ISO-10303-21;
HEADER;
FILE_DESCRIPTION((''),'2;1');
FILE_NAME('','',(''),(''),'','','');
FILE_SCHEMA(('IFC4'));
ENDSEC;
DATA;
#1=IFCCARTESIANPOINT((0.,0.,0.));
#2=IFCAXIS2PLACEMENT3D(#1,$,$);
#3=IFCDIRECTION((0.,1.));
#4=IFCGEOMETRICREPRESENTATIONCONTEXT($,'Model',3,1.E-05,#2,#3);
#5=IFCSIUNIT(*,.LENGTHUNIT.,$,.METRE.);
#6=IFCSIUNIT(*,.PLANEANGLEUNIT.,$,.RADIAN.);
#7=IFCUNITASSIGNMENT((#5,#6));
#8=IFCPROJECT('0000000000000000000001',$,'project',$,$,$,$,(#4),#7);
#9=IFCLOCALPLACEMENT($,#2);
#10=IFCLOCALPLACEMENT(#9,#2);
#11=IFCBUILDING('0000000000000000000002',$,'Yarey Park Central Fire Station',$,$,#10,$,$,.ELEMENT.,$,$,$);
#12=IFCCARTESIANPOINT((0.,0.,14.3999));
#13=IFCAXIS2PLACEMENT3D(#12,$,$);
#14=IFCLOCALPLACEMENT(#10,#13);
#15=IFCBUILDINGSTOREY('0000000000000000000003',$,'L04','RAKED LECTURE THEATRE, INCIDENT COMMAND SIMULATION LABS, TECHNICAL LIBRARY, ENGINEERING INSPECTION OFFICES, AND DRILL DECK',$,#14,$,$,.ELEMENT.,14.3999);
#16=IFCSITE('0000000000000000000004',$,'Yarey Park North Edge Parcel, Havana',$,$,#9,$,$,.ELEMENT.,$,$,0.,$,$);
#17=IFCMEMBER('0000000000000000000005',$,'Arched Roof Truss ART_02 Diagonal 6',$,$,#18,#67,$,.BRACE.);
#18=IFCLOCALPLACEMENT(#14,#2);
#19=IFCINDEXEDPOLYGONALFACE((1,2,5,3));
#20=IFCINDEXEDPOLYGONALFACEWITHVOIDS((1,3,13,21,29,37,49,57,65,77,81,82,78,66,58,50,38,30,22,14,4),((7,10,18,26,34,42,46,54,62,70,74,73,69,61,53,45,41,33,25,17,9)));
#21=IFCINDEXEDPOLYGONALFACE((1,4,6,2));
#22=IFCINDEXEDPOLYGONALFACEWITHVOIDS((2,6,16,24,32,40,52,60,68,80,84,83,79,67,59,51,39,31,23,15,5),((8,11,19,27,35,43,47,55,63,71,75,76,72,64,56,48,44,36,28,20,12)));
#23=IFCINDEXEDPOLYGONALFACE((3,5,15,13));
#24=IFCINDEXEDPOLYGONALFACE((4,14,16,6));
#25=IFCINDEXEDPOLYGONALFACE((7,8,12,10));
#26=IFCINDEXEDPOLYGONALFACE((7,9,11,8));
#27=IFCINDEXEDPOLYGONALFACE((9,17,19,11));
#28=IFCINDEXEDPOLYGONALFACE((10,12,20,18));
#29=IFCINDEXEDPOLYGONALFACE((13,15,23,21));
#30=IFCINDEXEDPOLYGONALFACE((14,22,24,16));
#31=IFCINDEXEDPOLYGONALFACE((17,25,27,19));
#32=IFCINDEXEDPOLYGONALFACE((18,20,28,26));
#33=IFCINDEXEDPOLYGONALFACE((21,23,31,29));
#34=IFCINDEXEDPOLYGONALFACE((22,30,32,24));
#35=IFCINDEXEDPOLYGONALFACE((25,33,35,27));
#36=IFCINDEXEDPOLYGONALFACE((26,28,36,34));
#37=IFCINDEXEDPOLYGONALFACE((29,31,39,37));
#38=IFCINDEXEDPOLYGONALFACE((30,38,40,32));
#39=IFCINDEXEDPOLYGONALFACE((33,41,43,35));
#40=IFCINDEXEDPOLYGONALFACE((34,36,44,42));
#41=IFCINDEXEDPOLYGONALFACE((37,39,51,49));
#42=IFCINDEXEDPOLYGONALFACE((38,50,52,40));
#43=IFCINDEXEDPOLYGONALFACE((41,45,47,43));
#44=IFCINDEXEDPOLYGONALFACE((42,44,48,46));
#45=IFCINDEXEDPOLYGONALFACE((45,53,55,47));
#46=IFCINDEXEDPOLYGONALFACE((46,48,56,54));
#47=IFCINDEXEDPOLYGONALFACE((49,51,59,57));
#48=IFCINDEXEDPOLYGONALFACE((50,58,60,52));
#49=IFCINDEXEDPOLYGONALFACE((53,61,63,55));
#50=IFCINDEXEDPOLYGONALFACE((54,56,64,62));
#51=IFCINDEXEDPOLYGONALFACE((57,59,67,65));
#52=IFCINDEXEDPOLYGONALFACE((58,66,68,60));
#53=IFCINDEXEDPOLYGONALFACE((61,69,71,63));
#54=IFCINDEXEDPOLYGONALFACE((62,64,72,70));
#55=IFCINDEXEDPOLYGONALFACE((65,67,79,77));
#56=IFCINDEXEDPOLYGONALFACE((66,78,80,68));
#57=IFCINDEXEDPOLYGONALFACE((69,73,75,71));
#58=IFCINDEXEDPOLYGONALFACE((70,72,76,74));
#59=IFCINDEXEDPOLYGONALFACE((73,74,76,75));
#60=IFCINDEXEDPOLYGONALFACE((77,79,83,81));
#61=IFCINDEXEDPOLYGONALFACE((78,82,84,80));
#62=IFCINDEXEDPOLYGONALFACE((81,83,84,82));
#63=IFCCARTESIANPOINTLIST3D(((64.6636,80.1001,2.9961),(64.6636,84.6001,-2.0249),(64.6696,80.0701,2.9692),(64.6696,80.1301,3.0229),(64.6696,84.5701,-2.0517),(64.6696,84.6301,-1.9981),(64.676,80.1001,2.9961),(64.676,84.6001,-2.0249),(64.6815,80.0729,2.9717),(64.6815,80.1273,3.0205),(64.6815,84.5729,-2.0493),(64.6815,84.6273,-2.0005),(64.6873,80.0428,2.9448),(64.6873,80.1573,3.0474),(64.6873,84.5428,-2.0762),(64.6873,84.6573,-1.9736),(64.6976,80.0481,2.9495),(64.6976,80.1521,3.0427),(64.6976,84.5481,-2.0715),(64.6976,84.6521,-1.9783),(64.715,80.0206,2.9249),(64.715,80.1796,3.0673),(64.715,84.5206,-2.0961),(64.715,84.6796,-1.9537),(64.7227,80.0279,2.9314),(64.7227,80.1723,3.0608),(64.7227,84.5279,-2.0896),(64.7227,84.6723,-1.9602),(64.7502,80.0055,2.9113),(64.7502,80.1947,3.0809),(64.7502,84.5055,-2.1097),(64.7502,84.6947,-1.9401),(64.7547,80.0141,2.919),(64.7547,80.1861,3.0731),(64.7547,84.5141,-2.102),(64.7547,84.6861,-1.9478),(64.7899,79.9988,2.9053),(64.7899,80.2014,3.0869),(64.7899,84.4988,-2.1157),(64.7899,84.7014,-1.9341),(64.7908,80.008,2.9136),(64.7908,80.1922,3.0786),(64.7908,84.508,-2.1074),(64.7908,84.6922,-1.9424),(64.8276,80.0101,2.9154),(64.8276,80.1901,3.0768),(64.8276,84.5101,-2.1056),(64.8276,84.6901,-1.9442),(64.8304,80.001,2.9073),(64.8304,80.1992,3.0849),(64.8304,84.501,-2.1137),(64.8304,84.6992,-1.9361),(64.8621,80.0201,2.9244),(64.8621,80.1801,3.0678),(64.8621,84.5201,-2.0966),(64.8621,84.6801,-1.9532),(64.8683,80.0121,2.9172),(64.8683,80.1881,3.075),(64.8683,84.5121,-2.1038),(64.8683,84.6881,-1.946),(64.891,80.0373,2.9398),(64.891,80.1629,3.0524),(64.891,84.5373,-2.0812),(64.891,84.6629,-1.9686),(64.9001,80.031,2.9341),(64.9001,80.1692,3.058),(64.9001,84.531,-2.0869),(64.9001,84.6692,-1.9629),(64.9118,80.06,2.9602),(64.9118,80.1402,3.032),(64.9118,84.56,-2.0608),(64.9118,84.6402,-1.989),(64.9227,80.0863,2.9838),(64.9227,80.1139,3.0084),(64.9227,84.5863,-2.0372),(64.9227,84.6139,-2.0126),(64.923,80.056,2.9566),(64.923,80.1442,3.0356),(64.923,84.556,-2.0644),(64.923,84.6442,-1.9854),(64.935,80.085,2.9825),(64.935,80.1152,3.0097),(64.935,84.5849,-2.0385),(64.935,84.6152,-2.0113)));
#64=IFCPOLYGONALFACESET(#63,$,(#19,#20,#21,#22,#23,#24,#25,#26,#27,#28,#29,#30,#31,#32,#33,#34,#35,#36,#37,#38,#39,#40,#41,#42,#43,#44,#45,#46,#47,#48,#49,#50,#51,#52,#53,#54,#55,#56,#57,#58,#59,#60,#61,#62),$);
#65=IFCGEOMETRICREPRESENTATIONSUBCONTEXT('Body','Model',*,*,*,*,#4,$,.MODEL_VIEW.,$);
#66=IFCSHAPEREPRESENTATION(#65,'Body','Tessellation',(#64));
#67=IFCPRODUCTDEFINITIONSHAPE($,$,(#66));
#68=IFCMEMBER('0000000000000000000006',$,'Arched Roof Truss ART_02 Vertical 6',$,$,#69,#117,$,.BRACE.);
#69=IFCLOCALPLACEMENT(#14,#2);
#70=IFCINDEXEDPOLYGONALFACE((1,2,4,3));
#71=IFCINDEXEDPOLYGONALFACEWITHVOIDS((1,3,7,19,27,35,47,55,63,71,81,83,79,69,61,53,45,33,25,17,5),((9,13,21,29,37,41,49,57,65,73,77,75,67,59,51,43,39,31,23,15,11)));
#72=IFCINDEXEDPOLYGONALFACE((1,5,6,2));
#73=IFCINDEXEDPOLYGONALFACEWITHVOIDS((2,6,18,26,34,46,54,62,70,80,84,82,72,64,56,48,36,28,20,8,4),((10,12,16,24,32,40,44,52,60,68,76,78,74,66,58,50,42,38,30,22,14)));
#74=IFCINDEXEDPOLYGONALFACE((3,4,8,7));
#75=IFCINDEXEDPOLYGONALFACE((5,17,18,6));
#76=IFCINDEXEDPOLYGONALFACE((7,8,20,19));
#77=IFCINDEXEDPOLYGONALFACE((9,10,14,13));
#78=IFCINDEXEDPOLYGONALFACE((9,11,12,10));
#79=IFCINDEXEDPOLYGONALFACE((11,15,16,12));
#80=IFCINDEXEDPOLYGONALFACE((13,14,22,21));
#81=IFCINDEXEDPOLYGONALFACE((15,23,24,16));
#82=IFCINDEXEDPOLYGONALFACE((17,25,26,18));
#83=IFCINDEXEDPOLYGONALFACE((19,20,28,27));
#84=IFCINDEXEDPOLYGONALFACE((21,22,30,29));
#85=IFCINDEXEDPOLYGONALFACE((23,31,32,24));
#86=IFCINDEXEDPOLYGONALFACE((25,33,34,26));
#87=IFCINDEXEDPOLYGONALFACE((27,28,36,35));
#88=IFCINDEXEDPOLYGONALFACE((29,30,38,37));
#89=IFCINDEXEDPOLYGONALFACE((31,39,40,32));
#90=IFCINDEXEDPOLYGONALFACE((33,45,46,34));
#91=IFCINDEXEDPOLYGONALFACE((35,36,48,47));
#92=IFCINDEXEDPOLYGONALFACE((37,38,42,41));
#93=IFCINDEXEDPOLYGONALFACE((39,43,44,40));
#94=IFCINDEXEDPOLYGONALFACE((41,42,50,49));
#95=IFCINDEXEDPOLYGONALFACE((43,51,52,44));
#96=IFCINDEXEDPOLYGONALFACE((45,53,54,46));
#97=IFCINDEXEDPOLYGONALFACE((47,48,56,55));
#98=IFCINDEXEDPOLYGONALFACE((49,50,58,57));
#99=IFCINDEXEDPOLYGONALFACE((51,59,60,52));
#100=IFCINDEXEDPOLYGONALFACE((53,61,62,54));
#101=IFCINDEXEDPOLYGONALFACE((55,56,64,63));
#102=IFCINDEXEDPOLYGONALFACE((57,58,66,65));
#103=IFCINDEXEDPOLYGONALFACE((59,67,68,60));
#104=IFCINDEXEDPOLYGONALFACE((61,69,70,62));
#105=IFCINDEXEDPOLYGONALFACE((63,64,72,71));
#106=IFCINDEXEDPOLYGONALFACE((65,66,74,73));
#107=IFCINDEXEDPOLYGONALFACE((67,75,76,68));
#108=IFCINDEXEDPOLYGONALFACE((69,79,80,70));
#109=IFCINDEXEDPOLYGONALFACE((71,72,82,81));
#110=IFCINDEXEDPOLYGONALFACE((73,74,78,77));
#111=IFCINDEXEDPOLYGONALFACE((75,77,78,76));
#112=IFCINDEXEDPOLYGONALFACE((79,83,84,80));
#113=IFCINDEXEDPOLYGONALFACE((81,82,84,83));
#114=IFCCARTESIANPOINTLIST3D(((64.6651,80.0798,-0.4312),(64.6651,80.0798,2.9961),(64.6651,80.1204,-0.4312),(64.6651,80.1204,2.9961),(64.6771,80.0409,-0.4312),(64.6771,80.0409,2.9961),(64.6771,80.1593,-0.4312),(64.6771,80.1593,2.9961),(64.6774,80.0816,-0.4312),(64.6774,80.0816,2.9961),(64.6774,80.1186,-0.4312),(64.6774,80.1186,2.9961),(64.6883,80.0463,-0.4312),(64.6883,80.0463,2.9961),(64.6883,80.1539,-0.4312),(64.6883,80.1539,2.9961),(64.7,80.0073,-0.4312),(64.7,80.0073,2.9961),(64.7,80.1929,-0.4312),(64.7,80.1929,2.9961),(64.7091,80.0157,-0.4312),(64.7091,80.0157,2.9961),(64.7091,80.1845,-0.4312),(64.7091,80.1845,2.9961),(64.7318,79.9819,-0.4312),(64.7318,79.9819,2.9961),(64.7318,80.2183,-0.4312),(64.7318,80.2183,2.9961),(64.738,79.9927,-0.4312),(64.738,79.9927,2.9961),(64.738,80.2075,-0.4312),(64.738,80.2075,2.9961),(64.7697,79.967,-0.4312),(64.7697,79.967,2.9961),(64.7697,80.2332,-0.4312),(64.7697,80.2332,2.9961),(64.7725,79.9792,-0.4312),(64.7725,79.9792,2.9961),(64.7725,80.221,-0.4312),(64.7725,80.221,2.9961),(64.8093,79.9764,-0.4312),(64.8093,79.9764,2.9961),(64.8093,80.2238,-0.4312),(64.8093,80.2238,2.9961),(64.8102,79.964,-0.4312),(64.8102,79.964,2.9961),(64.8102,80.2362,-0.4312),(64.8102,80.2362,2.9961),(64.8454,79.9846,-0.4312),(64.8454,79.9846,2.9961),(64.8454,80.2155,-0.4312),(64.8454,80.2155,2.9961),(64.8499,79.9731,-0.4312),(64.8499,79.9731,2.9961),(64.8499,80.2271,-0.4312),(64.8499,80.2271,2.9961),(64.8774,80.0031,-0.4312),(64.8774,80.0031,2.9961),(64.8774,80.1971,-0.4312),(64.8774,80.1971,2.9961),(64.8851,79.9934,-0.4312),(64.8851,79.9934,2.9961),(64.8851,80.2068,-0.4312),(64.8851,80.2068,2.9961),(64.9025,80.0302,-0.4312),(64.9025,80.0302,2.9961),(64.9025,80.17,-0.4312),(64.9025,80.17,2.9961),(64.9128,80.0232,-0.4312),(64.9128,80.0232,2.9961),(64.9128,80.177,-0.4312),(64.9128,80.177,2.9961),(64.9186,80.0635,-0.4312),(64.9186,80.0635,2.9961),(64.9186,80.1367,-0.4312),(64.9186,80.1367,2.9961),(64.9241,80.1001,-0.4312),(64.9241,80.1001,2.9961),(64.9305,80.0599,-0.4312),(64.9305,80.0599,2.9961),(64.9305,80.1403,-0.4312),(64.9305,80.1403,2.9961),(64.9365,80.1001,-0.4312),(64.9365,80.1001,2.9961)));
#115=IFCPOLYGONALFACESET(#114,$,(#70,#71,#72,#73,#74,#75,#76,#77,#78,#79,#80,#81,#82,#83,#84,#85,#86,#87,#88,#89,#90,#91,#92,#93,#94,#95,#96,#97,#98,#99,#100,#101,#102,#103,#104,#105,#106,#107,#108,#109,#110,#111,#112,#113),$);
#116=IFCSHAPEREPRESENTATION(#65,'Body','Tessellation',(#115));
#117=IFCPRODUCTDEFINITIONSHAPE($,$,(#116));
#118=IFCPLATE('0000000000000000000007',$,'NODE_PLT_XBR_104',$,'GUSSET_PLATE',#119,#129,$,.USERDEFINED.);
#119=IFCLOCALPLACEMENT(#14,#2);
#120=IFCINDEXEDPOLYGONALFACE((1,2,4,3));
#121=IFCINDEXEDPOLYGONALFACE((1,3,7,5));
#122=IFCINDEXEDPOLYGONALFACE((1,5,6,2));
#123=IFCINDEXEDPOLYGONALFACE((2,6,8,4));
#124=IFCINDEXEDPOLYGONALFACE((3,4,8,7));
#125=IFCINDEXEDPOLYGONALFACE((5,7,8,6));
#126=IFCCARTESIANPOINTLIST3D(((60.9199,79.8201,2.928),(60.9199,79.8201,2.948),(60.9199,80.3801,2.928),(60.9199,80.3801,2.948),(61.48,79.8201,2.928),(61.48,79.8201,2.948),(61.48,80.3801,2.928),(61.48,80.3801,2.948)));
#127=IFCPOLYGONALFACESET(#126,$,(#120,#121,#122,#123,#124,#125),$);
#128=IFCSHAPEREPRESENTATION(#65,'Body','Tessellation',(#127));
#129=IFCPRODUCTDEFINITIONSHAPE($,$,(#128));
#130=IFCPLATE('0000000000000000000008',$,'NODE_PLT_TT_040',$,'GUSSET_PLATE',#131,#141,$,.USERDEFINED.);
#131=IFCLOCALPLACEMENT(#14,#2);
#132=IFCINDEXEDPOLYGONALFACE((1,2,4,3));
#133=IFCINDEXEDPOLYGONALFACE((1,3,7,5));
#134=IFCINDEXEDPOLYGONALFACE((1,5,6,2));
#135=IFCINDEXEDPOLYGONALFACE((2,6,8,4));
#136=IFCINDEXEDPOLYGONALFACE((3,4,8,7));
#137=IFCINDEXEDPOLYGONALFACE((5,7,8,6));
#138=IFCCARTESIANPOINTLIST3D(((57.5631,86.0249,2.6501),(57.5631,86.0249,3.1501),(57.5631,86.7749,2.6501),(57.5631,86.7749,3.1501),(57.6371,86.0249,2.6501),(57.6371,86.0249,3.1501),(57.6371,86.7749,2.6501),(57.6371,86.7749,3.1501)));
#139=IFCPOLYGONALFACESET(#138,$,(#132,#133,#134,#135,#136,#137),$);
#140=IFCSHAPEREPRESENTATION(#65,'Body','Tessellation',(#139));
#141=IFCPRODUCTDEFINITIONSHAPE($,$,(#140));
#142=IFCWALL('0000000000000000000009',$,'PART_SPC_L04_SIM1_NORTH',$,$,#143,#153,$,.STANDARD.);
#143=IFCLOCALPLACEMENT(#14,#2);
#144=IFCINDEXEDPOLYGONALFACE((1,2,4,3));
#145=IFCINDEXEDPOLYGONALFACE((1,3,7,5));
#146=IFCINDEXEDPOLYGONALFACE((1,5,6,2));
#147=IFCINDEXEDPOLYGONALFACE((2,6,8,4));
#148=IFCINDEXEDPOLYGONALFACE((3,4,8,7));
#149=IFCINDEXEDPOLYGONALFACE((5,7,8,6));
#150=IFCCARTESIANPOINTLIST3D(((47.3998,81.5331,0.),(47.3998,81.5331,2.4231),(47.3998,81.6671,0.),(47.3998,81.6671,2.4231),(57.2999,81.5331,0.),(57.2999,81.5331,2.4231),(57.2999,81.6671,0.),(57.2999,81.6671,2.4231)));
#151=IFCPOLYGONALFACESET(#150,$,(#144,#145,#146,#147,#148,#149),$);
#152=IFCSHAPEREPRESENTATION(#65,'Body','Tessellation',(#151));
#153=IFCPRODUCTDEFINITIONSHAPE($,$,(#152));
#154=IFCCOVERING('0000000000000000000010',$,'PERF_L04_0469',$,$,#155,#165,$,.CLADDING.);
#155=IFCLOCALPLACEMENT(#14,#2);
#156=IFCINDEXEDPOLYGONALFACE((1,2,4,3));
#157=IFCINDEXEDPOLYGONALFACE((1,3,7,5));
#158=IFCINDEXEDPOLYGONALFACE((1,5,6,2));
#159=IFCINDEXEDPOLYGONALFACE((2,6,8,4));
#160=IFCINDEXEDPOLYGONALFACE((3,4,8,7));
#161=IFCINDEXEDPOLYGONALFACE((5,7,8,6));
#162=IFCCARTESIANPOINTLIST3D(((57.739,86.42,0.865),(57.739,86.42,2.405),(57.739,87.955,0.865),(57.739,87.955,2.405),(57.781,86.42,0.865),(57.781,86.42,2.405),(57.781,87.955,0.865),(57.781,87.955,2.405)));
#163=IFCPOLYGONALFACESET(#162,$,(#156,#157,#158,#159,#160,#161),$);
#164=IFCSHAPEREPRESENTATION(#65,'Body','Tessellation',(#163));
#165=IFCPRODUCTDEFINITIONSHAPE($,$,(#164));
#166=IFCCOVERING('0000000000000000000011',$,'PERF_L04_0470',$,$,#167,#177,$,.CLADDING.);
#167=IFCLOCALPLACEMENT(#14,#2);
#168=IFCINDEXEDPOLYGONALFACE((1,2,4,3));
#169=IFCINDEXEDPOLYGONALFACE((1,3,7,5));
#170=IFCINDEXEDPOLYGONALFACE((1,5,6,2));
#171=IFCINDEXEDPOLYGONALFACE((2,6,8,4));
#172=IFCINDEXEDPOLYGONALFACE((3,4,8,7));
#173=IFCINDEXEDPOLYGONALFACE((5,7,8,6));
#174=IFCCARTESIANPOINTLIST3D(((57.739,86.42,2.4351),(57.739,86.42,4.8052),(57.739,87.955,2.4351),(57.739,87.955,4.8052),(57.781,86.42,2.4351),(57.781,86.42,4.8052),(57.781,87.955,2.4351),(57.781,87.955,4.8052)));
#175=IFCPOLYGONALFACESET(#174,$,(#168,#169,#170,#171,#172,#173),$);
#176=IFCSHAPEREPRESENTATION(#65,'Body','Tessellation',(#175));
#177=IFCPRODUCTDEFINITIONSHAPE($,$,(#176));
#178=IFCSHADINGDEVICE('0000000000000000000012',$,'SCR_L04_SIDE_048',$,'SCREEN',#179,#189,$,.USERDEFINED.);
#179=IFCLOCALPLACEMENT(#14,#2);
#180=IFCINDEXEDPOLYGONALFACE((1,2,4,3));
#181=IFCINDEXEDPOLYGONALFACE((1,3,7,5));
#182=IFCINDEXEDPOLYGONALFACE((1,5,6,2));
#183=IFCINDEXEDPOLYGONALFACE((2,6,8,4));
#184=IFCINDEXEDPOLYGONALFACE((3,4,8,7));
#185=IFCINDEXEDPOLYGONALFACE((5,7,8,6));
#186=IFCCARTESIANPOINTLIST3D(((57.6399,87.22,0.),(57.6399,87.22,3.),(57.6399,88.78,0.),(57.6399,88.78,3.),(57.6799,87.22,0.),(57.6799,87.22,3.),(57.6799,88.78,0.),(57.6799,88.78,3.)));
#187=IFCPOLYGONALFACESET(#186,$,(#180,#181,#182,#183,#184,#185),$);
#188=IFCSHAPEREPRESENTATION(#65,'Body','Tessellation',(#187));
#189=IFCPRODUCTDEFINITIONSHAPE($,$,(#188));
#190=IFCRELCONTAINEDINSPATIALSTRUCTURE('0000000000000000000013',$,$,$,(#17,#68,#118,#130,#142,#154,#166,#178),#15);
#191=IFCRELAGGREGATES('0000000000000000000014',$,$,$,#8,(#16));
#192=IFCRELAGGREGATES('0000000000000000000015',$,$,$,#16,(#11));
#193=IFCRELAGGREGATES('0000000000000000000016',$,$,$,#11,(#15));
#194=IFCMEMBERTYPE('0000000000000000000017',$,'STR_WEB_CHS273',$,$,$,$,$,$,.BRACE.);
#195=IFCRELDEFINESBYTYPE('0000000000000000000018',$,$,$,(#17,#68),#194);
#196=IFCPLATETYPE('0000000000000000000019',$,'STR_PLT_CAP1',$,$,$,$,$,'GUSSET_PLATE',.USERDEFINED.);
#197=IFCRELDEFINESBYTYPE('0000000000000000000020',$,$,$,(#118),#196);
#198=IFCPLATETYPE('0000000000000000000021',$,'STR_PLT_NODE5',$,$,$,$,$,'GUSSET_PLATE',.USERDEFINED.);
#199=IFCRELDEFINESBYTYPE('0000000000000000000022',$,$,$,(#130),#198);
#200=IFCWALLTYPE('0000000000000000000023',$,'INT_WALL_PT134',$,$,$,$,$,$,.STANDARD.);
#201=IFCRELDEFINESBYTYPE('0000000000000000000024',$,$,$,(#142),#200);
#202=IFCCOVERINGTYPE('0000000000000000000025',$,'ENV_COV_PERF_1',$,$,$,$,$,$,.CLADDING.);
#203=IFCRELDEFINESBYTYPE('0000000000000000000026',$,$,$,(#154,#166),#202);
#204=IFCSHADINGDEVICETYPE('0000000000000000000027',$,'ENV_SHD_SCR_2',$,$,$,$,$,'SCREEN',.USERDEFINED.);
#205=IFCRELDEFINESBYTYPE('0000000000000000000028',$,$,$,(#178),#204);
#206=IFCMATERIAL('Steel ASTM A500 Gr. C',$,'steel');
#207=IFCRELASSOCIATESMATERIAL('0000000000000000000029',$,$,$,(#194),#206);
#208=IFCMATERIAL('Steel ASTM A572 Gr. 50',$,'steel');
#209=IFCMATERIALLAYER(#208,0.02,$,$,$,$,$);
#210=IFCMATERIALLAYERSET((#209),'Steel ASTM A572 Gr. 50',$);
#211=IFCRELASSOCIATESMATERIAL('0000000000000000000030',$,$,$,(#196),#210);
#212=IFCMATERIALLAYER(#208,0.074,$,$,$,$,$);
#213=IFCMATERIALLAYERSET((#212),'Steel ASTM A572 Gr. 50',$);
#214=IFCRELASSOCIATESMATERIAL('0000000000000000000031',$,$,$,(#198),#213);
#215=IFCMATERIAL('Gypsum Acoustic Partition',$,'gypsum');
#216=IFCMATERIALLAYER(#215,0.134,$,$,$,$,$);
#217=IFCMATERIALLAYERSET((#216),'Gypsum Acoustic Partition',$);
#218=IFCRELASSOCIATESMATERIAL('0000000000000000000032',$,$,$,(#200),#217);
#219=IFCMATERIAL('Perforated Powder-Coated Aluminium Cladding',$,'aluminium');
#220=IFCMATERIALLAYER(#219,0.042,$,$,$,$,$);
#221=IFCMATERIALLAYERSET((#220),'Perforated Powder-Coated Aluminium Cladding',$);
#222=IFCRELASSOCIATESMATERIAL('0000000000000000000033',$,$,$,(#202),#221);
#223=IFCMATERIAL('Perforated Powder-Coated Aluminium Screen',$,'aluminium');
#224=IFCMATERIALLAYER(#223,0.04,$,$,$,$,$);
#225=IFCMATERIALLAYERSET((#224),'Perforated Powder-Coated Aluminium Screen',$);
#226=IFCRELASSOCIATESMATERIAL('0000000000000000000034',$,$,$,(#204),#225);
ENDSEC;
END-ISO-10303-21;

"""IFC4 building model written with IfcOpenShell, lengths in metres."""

from ifc_helpers import new_model, si_unit, direction, frame, frame_2d, origin, origin_2d, place, context, subcontext, project, spatial, rectangle, hollow_circle, extrude, material, layer, layer_set, material_profile, profile_set, type_object, element, save


model = new_model("IFC4")

# Units and contexts
model_context = context("Model", 3, precision=1e-05, world=origin(), true_north=direction((0.0, 1.0)))
body_context = subcontext(model_context, "Body", "Model", "MODEL_VIEW")
ifc_project = project(units=[si_unit("LENGTHUNIT", "METRE"), si_unit("PLANEANGLEUNIT", "RADIAN")], contexts=[model_context])

# Site, building, storey
site_placement = place(None, origin())
site = spatial("IfcSite", under=ifc_project, at=site_placement, Name="Yarey Park North Edge Parcel, Havana", CompositionType="ELEMENT", RefElevation=0.0)
building_placement = place(site_placement, origin())
building = spatial("IfcBuilding", under=site, at=building_placement, Name="Yarey Park Central Fire Station", CompositionType="ELEMENT")
storey_placement = place(building_placement, frame((0.0, 0.0, 14.3999)))
storey = spatial("IfcBuildingStorey", under=building, at=storey_placement, Name="L04", Description="RAKED LECTURE THEATRE, INCIDENT COMMAND SIMULATION LABS, TECHNICAL LIBRARY, ENGINEERING INSPECTION OFFICES, AND DRILL DECK", CompositionType="ELEMENT", Elevation=14.3999)

# Shared definitions
ifc_material_1 = material(Name="Steel ASTM A500 Gr. C", Category="steel")

# Members
ifc_material_profile_1 = material_profile(ifc_material_1, hollow_circle(Radius=0.1365, WallThickness=0.0125, at=origin_2d()), Name="CHS 273x12.5")
ifc_profile_set_1 = profile_set([ifc_material_profile_1], Name="Steel ASTM A500 Gr. C")
member_type_1 = type_object("IfcMemberType", Name="STR_WEB_CHS273", PredefinedType="BRACE", material=ifc_profile_set_1)
member_1_placement = place(storey_placement, frame((64.8, 80.1001, 2.9961), z_axis=(0.0, 0.667415, -0.744686), x_axis=(-1.0, 0.0, 0.0)))
element("IfcMember", 1, at=member_1_placement, inside=storey, type_object=member_type_1, Name="Arched Roof Truss ART_02 Diagonal 6", PredefinedType="BRACE", context=body_context, shape_type="SweptSolid", body=[
    extrude(hollow_circle(Radius=0.1365, WallThickness=0.0125, at=origin_2d()), origin(), (0.0, 0.0, 1.0), 6.7424),
])
member_2_placement = place(storey_placement, frame((64.8, 80.1001, -0.4312), z_axis=(0.0, 0.0, 1.0), x_axis=(1.0, 0.0, 0.0)))
element("IfcMember", 2, at=member_2_placement, inside=storey, type_object=member_type_1, Name="Arched Roof Truss ART_02 Vertical 6", PredefinedType="BRACE", context=body_context, shape_type="SweptSolid", body=[
    extrude(hollow_circle(Radius=0.1365, WallThickness=0.0125, at=origin_2d()), origin(), (0.0, 0.0, 1.0), 3.4272),
])

# Plates
ifc_material_2 = material(Name="Steel ASTM A572 Gr. 50", Category="steel")
ifc_layer_1 = layer(ifc_material_2, 0.02)
ifc_layer_set_1 = layer_set([ifc_layer_1], Name="Steel ASTM A572 Gr. 50")
plate_type_1 = type_object("IfcPlateType", Name="STR_PLT_CAP1", ElementType="GUSSET_PLATE", PredefinedType="USERDEFINED", material=ifc_layer_set_1)
plate_1_placement = place(storey_placement, frame((61.2, 80.1001, 2.928), z_axis=(0.0, 0.0, 1.0), x_axis=(1.0, 0.0, 0.0)))
element("IfcPlate", 3, at=plate_1_placement, inside=storey, type_object=plate_type_1, Name="NODE_PLT_XBR_104", ObjectType="GUSSET_PLATE", PredefinedType="USERDEFINED", context=body_context, shape_type="SweptSolid", body=[
    extrude(rectangle(XDim=0.5601, YDim=0.5601, at=origin_2d()), origin(), (0.0, 0.0, 1.0), 0.02),
])
ifc_layer_2 = layer(ifc_material_2, 0.074)
ifc_layer_set_2 = layer_set([ifc_layer_2], Name="Steel ASTM A572 Gr. 50")
plate_type_2 = type_object("IfcPlateType", Name="STR_PLT_NODE5", ElementType="GUSSET_PLATE", PredefinedType="USERDEFINED", material=ifc_layer_set_2)
plate_2_placement = place(storey_placement, frame((57.6001, 86.3999, 2.6501), z_axis=(0.0, 0.0, 1.0), x_axis=(1.0, 0.0, 0.0)))
element("IfcPlate", 4, at=plate_2_placement, inside=storey, type_object=plate_type_2, Name="NODE_PLT_TT_040", ObjectType="GUSSET_PLATE", PredefinedType="USERDEFINED", context=body_context, shape_type="SweptSolid", body=[
    extrude(rectangle(XDim=0.074, YDim=0.75, at=origin_2d()), origin(), (0.0, 0.0, 1.0), 0.5),
])

# Wall
ifc_material_3 = material(Name="Gypsum Acoustic Partition", Category="gypsum")
ifc_layer_3 = layer(ifc_material_3, 0.134)
ifc_layer_set_3 = layer_set([ifc_layer_3], Name="Gypsum Acoustic Partition")
wall_type = type_object("IfcWallType", Name="INT_WALL_PT134", PredefinedType="STANDARD", material=ifc_layer_set_3)
wall_placement = place(storey_placement, frame((57.3, 81.6001, 0.0), z_axis=(0.0, 0.0, 1.0), x_axis=(-1.0, 0.0, 0.0)))
element("IfcWall", 5, at=wall_placement, inside=storey, type_object=wall_type, Name="PART_SPC_L04_SIM1_NORTH", PredefinedType="STANDARD", context=body_context, shape_type="SweptSolid", body=[
    extrude(rectangle(XDim=9.9001, YDim=0.134, at=frame_2d((4.9502, 0.0))), origin(), (0.0, 0.0, 1.0), 2.4231),
])

# Coverings
ifc_material_4 = material(Name="Perforated Powder-Coated Aluminium Cladding", Category="aluminium")
ifc_layer_4 = layer(ifc_material_4, 0.042)
ifc_layer_set_4 = layer_set([ifc_layer_4], Name="Perforated Powder-Coated Aluminium Cladding")
covering_type = type_object("IfcCoveringType", Name="ENV_COV_PERF_1", PredefinedType="CLADDING", material=ifc_layer_set_4)
covering_1_placement = place(storey_placement, frame((57.76, 87.1875, 0.865), z_axis=(0.0, 0.0, 1.0), x_axis=(0.0, 1.0, 0.0)))
element("IfcCovering", 6, at=covering_1_placement, inside=storey, type_object=covering_type, Name="PERF_L04_0469", PredefinedType="CLADDING", context=body_context, shape_type="SweptSolid", body=[
    extrude(rectangle(XDim=1.5349, YDim=0.042, at=origin_2d()), origin(), (0.0, 0.0, 1.0), 1.54),
])
covering_2_placement = place(storey_placement, frame((57.76, 87.1875, 2.4351), z_axis=(0.0, 0.0, 1.0), x_axis=(0.0, 1.0, 0.0)))
element("IfcCovering", 7, at=covering_2_placement, inside=storey, type_object=covering_type, Name="PERF_L04_0470", PredefinedType="CLADDING", context=body_context, shape_type="SweptSolid", body=[
    extrude(rectangle(XDim=1.5349, YDim=0.042, at=origin_2d()), origin(), (0.0, 0.0, 1.0), 2.3701),
])

# Shading device
ifc_material_5 = material(Name="Perforated Powder-Coated Aluminium Screen", Category="aluminium")
ifc_layer_5 = layer(ifc_material_5, 0.04)
ifc_layer_set_5 = layer_set([ifc_layer_5], Name="Perforated Powder-Coated Aluminium Screen")
shading_device_type = type_object("IfcShadingDeviceType", Name="ENV_SHD_SCR_2", ElementType="SCREEN", PredefinedType="USERDEFINED", material=ifc_layer_set_5)
shading_device_placement = place(storey_placement, frame((57.6599, 88.0, 0.0), z_axis=(0.0, 0.0, 1.0), x_axis=(0.0, 1.0, 0.0)))
element("IfcShadingDevice", 8, at=shading_device_placement, inside=storey, type_object=shading_device_type, Name="SCR_L04_SIDE_048", ObjectType="SCREEN", PredefinedType="USERDEFINED", context=body_context, shape_type="SweptSolid", body=[
    extrude(rectangle(XDim=1.5601, YDim=0.04, at=origin_2d()), origin(), (0.0, 0.0, 1.0), 3.0),
])

save(model, "model.ifc")
